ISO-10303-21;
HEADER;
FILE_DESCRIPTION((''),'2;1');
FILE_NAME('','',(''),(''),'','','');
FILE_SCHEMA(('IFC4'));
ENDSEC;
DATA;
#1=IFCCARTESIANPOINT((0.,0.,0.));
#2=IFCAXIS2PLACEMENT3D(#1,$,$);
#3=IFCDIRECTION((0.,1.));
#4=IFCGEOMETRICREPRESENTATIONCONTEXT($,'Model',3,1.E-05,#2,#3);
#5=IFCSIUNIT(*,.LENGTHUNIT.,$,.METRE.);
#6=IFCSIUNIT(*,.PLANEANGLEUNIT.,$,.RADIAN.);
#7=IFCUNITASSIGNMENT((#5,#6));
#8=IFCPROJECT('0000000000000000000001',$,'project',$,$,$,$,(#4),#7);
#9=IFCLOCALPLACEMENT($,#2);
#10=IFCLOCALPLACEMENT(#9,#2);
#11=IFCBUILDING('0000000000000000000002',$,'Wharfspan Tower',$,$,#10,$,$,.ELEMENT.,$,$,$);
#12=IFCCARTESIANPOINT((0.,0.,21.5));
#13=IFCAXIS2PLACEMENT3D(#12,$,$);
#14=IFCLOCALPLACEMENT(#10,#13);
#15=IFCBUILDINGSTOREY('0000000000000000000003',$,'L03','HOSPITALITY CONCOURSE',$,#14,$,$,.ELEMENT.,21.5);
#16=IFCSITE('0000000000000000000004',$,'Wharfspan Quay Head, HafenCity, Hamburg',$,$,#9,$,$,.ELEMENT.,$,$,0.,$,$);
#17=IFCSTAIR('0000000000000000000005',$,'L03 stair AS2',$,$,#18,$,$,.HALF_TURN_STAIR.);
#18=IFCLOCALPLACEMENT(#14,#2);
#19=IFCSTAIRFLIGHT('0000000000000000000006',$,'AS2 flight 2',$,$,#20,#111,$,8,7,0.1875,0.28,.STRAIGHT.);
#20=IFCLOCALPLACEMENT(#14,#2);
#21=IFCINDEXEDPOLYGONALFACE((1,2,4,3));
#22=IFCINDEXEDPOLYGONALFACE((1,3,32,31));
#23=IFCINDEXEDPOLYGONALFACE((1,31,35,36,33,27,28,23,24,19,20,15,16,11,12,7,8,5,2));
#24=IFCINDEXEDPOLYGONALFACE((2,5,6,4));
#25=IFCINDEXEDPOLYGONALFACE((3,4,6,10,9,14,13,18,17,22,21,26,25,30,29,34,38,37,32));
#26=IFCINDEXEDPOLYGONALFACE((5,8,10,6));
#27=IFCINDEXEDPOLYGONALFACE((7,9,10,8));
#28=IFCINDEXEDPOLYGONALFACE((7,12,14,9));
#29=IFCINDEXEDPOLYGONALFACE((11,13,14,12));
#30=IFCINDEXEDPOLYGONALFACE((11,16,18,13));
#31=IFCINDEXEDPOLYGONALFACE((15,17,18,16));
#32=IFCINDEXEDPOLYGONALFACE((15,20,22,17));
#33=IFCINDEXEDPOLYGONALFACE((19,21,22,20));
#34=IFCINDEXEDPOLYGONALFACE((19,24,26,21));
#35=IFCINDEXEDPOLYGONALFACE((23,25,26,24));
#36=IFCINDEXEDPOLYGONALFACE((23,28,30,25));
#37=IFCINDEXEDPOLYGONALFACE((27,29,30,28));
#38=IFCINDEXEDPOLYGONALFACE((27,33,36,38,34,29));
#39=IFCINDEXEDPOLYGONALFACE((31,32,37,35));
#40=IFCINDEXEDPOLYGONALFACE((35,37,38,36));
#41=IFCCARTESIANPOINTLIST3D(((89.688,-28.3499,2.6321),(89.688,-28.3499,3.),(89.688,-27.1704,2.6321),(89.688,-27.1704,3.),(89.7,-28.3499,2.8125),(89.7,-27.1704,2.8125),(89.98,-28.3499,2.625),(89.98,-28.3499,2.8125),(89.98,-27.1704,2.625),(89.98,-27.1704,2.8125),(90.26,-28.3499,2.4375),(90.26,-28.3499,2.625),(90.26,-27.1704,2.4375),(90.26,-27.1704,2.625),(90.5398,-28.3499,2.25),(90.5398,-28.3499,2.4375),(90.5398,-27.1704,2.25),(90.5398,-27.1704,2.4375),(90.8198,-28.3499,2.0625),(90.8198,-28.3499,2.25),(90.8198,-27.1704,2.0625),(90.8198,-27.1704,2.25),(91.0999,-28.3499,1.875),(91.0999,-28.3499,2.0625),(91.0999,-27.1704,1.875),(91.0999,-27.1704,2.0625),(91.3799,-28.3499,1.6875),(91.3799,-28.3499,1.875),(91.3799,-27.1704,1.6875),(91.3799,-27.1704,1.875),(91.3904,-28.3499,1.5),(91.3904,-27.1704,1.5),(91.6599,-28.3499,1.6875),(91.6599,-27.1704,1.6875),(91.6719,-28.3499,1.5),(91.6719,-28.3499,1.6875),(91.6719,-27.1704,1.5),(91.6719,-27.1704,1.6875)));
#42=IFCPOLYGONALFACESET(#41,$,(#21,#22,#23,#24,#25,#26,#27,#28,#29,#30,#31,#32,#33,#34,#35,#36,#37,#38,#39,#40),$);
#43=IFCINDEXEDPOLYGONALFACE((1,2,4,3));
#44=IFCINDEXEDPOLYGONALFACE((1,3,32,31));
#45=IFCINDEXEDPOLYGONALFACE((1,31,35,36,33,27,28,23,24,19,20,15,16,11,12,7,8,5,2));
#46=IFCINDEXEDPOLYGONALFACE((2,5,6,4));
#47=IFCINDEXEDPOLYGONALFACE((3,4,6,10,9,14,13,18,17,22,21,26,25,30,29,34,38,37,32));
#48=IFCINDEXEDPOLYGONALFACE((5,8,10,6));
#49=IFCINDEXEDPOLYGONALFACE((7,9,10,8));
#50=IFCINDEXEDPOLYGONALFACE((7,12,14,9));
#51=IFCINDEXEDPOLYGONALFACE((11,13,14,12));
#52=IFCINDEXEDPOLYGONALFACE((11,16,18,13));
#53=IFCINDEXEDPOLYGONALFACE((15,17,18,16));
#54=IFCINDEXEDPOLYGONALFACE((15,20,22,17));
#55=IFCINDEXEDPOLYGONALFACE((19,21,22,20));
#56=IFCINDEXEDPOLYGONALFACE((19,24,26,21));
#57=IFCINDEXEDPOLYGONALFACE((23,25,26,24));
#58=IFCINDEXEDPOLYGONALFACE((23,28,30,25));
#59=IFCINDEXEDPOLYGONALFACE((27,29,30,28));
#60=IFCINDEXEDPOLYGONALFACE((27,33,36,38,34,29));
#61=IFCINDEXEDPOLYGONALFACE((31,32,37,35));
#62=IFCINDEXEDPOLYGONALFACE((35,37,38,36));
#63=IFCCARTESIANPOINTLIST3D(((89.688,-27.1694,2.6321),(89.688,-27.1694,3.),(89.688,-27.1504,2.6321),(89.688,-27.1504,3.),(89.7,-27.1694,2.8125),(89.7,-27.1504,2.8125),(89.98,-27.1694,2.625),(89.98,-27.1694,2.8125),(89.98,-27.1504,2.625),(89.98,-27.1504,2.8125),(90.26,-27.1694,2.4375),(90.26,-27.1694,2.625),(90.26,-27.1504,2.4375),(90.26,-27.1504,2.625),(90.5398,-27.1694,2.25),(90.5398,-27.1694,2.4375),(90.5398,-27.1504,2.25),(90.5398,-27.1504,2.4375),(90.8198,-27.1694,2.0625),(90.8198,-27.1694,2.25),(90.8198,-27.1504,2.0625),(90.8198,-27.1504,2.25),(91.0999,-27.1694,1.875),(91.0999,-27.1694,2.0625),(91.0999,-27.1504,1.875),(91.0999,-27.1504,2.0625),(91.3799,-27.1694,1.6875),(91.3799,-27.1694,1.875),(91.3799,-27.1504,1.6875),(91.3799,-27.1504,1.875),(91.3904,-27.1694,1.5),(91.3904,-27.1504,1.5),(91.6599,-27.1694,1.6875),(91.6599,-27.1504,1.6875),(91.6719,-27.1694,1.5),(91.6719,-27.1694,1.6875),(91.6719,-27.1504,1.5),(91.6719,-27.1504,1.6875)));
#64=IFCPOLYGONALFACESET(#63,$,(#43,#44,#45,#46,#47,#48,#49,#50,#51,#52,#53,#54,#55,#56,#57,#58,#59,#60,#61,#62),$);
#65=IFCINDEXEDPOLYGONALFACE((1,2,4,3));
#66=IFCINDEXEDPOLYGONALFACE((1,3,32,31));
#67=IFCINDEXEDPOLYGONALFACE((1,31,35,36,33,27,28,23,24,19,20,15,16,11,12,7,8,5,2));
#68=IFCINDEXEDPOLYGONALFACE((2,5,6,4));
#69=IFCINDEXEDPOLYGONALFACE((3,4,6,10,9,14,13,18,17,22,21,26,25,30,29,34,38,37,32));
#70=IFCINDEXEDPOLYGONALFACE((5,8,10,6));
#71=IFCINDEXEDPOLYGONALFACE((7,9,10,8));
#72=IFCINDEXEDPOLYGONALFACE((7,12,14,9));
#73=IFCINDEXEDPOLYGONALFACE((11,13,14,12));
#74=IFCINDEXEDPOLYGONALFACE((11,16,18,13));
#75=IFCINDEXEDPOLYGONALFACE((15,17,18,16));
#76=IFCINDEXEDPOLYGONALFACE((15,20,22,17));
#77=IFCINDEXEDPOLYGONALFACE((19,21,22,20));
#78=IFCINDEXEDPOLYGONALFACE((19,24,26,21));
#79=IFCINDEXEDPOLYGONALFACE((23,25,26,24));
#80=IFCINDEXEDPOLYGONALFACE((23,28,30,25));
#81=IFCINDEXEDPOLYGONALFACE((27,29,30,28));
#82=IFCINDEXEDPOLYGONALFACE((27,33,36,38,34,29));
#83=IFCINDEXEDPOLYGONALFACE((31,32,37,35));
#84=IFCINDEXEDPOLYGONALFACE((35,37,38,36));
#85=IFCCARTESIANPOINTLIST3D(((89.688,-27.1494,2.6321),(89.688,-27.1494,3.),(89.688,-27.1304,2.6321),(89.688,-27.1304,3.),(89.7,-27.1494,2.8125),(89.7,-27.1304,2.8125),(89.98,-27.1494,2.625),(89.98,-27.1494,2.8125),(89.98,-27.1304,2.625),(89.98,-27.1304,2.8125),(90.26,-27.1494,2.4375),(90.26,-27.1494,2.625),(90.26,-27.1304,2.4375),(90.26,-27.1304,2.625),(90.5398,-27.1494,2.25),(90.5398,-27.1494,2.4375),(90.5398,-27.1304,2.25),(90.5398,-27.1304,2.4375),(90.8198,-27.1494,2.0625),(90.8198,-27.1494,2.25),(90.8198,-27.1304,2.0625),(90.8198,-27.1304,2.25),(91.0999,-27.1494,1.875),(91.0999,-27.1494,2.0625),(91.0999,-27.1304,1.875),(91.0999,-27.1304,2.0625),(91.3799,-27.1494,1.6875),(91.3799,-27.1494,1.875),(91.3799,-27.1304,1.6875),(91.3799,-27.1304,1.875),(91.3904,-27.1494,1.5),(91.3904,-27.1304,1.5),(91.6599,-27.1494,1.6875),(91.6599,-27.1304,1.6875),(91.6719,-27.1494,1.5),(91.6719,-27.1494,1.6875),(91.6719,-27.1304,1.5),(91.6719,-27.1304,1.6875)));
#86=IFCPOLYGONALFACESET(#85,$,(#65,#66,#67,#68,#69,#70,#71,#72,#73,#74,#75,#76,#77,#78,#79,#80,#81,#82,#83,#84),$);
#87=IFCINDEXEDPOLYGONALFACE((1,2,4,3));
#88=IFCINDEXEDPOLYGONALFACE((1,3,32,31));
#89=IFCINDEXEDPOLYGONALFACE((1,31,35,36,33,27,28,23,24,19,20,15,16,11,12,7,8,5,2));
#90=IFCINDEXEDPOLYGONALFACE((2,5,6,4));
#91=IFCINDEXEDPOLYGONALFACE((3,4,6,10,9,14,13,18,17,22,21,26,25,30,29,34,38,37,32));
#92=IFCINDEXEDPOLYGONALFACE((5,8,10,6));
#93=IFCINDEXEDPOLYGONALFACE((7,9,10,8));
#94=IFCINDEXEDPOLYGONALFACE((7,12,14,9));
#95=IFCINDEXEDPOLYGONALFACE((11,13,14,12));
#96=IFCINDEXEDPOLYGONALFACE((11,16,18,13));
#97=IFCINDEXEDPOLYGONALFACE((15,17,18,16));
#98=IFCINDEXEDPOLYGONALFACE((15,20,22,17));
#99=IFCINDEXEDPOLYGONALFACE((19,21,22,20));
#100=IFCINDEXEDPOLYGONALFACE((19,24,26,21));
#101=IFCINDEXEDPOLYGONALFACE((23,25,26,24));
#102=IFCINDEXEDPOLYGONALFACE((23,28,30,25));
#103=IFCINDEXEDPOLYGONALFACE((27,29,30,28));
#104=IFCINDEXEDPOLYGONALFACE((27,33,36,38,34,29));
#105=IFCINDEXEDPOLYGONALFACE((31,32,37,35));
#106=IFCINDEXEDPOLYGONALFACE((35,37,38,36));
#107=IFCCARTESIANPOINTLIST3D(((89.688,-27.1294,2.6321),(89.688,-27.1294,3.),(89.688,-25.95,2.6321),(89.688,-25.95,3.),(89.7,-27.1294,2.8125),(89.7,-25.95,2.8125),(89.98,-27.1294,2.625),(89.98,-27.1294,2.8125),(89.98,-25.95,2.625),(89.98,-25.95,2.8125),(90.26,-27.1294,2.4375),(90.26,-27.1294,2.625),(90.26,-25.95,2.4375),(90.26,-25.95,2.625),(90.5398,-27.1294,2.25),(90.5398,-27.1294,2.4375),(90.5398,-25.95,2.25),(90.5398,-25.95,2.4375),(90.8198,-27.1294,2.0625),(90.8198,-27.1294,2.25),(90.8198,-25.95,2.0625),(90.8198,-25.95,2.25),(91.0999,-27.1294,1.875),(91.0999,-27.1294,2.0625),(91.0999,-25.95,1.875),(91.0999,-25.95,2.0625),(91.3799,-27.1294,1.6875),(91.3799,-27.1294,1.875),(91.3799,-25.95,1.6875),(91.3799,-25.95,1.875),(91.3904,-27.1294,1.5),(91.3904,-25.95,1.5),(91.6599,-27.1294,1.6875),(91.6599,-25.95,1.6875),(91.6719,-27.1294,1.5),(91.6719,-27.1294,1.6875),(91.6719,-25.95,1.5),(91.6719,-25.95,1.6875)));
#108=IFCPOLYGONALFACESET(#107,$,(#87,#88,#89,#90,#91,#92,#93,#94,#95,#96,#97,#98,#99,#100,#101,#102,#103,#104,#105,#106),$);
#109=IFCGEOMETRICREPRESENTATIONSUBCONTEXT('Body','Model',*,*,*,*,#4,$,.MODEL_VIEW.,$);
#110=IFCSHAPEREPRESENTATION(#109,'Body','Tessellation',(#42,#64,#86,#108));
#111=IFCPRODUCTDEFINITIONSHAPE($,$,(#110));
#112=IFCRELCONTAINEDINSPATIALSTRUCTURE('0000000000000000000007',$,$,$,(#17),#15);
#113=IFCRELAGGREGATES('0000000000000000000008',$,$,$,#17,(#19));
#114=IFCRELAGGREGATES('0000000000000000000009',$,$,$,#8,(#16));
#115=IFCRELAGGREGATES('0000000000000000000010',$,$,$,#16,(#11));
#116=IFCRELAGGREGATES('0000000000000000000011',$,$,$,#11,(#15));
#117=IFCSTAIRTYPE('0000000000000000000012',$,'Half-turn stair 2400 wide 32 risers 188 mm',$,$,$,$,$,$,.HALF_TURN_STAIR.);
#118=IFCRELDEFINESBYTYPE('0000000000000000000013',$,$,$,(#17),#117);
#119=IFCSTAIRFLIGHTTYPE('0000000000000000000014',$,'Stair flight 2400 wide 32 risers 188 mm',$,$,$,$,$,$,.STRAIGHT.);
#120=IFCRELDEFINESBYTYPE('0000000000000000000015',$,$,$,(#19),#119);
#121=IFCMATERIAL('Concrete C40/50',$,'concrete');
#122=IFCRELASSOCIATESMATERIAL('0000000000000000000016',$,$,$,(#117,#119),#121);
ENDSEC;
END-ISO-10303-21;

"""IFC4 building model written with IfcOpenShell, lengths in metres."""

from ifc_helpers import new_model, si_unit, direction, frame, origin, place, context, subcontext, project, spatial, polyline, outline, extrude, material, type_object, element, aggregate, save


model = new_model("IFC4")

# Units and contexts
model_context = context("Model", 3, precision=1e-05, world=origin(), true_north=direction((0.0, 1.0)))
body_context = subcontext(model_context, "Body", "Model", "MODEL_VIEW")
ifc_project = project(units=[si_unit("LENGTHUNIT", "METRE"), si_unit("PLANEANGLEUNIT", "RADIAN")], contexts=[model_context])

# Site, building, storey
site_placement = place(None, origin())
site = spatial("IfcSite", under=ifc_project, at=site_placement, Name="Wharfspan Quay Head, HafenCity, Hamburg", CompositionType="ELEMENT", RefElevation=0.0)
building_placement = place(site_placement, origin())
building = spatial("IfcBuilding", under=site, at=building_placement, Name="Wharfspan Tower", CompositionType="ELEMENT")
storey_placement = place(building_placement, frame((0.0, 0.0, 21.5)))
storey = spatial("IfcBuildingStorey", under=building, at=storey_placement, Name="L03", Description="HOSPITALITY CONCOURSE", CompositionType="ELEMENT", Elevation=21.5)

# Shared definitions
ifc_material_1 = material(Name="Concrete C40/50", Category="concrete")

# Stair, stair flight
stair_type = type_object("IfcStairType", Name="Half-turn stair 2400 wide 32 risers 188 mm", PredefinedType="HALF_TURN_STAIR", material=ifc_material_1)
stair_placement = place(storey_placement, origin())
stair = element("IfcStair", 1, at=stair_placement, inside=storey, type_object=stair_type, Name="L03 stair AS2", PredefinedType="HALF_TURN_STAIR")
stair_flight_type = type_object("IfcStairFlightType", Name="Stair flight 2400 wide 32 risers 188 mm", PredefinedType="STRAIGHT", material=ifc_material_1)
stair_flight_1_placement = place(storey_placement, frame((91.6599, -27.1499, 1.5), z_axis=(0.0, 0.0, 1.0), x_axis=(-1.0, 0.0, 0.0)))
stair_flight_1 = element("IfcStairFlight", 2, at=stair_flight_1_placement, type_object=stair_flight_type, Name="AS2 flight 2", NumberOfRisers=8, NumberOfTreads=7, PredefinedType="STRAIGHT", RiserHeight=0.1875, TreadLength=0.28, context=body_context, shape_type="SweptSolid", body=[
    extrude(outline(polyline([(-0.012, 0.0), (-0.012, 0.1875), (0.0, 0.1875), (0.28, 0.1875), (0.28, 0.375), (0.5601, 0.375), (0.5601, 0.5625), (0.8401, 0.5625), (0.8401, 0.75), (1.1201, 0.75), (1.1201, 0.9375), (1.3999, 0.9375), (1.3999, 1.125), (1.6799, 1.125), (1.6799, 1.3125), (1.96, 1.3125), (1.9719, 1.5), (1.9719, 1.1321), (0.2695, 0.0), (-0.012, 0.0)])), frame((0.0, 1.2, 0.0), z_axis=(0.0, -1.0, 0.0), x_axis=(1.0, 0.0, 0.0)), (0.0, 0.0, 1.0), 1.1794),
    extrude(outline(polyline([(-0.012, 0.0), (-0.012, 0.1875), (0.0, 0.1875), (0.28, 0.1875), (0.28, 0.375), (0.5601, 0.375), (0.5601, 0.5625), (0.8401, 0.5625), (0.8401, 0.75), (1.1201, 0.75), (1.1201, 0.9375), (1.3999, 0.9375), (1.3999, 1.125), (1.6799, 1.125), (1.6799, 1.3125), (1.96, 1.3125), (1.9719, 1.5), (1.9719, 1.1321), (0.2695, 0.0), (-0.012, 0.0)])), frame((0.0, 0.0195, 0.0), z_axis=(0.0, -1.0, 0.0), x_axis=(1.0, 0.0, 0.0)), (0.0, 0.0, 1.0), 0.019),
    extrude(outline(polyline([(-0.012, 0.0), (-0.012, 0.1875), (0.0, 0.1875), (0.28, 0.1875), (0.28, 0.375), (0.5601, 0.375), (0.5601, 0.5625), (0.8401, 0.5625), (0.8401, 0.75), (1.1201, 0.75), (1.1201, 0.9375), (1.3999, 0.9375), (1.3999, 1.125), (1.6799, 1.125), (1.6799, 1.3125), (1.96, 1.3125), (1.9719, 1.5), (1.9719, 1.1321), (0.2695, 0.0), (-0.012, 0.0)])), frame((0.0, -0.0005, 0.0), z_axis=(0.0, -1.0, 0.0), x_axis=(1.0, 0.0, 0.0)), (0.0, 0.0, 1.0), 0.019),
    extrude(outline(polyline([(-0.012, 0.0), (-0.012, 0.1875), (0.0, 0.1875), (0.28, 0.1875), (0.28, 0.375), (0.5601, 0.375), (0.5601, 0.5625), (0.8401, 0.5625), (0.8401, 0.75), (1.1201, 0.75), (1.1201, 0.9375), (1.3999, 0.9375), (1.3999, 1.125), (1.6799, 1.125), (1.6799, 1.3125), (1.96, 1.3125), (1.9719, 1.5), (1.9719, 1.1321), (0.2695, 0.0), (-0.012, 0.0)])), frame((0.0, -0.0205, 0.0), z_axis=(0.0, -1.0, 0.0), x_axis=(1.0, 0.0, 0.0)), (0.0, 0.0, 1.0), 1.1794),
])
aggregate(stair, [stair_flight_1])

save(model, "model.ifc")
